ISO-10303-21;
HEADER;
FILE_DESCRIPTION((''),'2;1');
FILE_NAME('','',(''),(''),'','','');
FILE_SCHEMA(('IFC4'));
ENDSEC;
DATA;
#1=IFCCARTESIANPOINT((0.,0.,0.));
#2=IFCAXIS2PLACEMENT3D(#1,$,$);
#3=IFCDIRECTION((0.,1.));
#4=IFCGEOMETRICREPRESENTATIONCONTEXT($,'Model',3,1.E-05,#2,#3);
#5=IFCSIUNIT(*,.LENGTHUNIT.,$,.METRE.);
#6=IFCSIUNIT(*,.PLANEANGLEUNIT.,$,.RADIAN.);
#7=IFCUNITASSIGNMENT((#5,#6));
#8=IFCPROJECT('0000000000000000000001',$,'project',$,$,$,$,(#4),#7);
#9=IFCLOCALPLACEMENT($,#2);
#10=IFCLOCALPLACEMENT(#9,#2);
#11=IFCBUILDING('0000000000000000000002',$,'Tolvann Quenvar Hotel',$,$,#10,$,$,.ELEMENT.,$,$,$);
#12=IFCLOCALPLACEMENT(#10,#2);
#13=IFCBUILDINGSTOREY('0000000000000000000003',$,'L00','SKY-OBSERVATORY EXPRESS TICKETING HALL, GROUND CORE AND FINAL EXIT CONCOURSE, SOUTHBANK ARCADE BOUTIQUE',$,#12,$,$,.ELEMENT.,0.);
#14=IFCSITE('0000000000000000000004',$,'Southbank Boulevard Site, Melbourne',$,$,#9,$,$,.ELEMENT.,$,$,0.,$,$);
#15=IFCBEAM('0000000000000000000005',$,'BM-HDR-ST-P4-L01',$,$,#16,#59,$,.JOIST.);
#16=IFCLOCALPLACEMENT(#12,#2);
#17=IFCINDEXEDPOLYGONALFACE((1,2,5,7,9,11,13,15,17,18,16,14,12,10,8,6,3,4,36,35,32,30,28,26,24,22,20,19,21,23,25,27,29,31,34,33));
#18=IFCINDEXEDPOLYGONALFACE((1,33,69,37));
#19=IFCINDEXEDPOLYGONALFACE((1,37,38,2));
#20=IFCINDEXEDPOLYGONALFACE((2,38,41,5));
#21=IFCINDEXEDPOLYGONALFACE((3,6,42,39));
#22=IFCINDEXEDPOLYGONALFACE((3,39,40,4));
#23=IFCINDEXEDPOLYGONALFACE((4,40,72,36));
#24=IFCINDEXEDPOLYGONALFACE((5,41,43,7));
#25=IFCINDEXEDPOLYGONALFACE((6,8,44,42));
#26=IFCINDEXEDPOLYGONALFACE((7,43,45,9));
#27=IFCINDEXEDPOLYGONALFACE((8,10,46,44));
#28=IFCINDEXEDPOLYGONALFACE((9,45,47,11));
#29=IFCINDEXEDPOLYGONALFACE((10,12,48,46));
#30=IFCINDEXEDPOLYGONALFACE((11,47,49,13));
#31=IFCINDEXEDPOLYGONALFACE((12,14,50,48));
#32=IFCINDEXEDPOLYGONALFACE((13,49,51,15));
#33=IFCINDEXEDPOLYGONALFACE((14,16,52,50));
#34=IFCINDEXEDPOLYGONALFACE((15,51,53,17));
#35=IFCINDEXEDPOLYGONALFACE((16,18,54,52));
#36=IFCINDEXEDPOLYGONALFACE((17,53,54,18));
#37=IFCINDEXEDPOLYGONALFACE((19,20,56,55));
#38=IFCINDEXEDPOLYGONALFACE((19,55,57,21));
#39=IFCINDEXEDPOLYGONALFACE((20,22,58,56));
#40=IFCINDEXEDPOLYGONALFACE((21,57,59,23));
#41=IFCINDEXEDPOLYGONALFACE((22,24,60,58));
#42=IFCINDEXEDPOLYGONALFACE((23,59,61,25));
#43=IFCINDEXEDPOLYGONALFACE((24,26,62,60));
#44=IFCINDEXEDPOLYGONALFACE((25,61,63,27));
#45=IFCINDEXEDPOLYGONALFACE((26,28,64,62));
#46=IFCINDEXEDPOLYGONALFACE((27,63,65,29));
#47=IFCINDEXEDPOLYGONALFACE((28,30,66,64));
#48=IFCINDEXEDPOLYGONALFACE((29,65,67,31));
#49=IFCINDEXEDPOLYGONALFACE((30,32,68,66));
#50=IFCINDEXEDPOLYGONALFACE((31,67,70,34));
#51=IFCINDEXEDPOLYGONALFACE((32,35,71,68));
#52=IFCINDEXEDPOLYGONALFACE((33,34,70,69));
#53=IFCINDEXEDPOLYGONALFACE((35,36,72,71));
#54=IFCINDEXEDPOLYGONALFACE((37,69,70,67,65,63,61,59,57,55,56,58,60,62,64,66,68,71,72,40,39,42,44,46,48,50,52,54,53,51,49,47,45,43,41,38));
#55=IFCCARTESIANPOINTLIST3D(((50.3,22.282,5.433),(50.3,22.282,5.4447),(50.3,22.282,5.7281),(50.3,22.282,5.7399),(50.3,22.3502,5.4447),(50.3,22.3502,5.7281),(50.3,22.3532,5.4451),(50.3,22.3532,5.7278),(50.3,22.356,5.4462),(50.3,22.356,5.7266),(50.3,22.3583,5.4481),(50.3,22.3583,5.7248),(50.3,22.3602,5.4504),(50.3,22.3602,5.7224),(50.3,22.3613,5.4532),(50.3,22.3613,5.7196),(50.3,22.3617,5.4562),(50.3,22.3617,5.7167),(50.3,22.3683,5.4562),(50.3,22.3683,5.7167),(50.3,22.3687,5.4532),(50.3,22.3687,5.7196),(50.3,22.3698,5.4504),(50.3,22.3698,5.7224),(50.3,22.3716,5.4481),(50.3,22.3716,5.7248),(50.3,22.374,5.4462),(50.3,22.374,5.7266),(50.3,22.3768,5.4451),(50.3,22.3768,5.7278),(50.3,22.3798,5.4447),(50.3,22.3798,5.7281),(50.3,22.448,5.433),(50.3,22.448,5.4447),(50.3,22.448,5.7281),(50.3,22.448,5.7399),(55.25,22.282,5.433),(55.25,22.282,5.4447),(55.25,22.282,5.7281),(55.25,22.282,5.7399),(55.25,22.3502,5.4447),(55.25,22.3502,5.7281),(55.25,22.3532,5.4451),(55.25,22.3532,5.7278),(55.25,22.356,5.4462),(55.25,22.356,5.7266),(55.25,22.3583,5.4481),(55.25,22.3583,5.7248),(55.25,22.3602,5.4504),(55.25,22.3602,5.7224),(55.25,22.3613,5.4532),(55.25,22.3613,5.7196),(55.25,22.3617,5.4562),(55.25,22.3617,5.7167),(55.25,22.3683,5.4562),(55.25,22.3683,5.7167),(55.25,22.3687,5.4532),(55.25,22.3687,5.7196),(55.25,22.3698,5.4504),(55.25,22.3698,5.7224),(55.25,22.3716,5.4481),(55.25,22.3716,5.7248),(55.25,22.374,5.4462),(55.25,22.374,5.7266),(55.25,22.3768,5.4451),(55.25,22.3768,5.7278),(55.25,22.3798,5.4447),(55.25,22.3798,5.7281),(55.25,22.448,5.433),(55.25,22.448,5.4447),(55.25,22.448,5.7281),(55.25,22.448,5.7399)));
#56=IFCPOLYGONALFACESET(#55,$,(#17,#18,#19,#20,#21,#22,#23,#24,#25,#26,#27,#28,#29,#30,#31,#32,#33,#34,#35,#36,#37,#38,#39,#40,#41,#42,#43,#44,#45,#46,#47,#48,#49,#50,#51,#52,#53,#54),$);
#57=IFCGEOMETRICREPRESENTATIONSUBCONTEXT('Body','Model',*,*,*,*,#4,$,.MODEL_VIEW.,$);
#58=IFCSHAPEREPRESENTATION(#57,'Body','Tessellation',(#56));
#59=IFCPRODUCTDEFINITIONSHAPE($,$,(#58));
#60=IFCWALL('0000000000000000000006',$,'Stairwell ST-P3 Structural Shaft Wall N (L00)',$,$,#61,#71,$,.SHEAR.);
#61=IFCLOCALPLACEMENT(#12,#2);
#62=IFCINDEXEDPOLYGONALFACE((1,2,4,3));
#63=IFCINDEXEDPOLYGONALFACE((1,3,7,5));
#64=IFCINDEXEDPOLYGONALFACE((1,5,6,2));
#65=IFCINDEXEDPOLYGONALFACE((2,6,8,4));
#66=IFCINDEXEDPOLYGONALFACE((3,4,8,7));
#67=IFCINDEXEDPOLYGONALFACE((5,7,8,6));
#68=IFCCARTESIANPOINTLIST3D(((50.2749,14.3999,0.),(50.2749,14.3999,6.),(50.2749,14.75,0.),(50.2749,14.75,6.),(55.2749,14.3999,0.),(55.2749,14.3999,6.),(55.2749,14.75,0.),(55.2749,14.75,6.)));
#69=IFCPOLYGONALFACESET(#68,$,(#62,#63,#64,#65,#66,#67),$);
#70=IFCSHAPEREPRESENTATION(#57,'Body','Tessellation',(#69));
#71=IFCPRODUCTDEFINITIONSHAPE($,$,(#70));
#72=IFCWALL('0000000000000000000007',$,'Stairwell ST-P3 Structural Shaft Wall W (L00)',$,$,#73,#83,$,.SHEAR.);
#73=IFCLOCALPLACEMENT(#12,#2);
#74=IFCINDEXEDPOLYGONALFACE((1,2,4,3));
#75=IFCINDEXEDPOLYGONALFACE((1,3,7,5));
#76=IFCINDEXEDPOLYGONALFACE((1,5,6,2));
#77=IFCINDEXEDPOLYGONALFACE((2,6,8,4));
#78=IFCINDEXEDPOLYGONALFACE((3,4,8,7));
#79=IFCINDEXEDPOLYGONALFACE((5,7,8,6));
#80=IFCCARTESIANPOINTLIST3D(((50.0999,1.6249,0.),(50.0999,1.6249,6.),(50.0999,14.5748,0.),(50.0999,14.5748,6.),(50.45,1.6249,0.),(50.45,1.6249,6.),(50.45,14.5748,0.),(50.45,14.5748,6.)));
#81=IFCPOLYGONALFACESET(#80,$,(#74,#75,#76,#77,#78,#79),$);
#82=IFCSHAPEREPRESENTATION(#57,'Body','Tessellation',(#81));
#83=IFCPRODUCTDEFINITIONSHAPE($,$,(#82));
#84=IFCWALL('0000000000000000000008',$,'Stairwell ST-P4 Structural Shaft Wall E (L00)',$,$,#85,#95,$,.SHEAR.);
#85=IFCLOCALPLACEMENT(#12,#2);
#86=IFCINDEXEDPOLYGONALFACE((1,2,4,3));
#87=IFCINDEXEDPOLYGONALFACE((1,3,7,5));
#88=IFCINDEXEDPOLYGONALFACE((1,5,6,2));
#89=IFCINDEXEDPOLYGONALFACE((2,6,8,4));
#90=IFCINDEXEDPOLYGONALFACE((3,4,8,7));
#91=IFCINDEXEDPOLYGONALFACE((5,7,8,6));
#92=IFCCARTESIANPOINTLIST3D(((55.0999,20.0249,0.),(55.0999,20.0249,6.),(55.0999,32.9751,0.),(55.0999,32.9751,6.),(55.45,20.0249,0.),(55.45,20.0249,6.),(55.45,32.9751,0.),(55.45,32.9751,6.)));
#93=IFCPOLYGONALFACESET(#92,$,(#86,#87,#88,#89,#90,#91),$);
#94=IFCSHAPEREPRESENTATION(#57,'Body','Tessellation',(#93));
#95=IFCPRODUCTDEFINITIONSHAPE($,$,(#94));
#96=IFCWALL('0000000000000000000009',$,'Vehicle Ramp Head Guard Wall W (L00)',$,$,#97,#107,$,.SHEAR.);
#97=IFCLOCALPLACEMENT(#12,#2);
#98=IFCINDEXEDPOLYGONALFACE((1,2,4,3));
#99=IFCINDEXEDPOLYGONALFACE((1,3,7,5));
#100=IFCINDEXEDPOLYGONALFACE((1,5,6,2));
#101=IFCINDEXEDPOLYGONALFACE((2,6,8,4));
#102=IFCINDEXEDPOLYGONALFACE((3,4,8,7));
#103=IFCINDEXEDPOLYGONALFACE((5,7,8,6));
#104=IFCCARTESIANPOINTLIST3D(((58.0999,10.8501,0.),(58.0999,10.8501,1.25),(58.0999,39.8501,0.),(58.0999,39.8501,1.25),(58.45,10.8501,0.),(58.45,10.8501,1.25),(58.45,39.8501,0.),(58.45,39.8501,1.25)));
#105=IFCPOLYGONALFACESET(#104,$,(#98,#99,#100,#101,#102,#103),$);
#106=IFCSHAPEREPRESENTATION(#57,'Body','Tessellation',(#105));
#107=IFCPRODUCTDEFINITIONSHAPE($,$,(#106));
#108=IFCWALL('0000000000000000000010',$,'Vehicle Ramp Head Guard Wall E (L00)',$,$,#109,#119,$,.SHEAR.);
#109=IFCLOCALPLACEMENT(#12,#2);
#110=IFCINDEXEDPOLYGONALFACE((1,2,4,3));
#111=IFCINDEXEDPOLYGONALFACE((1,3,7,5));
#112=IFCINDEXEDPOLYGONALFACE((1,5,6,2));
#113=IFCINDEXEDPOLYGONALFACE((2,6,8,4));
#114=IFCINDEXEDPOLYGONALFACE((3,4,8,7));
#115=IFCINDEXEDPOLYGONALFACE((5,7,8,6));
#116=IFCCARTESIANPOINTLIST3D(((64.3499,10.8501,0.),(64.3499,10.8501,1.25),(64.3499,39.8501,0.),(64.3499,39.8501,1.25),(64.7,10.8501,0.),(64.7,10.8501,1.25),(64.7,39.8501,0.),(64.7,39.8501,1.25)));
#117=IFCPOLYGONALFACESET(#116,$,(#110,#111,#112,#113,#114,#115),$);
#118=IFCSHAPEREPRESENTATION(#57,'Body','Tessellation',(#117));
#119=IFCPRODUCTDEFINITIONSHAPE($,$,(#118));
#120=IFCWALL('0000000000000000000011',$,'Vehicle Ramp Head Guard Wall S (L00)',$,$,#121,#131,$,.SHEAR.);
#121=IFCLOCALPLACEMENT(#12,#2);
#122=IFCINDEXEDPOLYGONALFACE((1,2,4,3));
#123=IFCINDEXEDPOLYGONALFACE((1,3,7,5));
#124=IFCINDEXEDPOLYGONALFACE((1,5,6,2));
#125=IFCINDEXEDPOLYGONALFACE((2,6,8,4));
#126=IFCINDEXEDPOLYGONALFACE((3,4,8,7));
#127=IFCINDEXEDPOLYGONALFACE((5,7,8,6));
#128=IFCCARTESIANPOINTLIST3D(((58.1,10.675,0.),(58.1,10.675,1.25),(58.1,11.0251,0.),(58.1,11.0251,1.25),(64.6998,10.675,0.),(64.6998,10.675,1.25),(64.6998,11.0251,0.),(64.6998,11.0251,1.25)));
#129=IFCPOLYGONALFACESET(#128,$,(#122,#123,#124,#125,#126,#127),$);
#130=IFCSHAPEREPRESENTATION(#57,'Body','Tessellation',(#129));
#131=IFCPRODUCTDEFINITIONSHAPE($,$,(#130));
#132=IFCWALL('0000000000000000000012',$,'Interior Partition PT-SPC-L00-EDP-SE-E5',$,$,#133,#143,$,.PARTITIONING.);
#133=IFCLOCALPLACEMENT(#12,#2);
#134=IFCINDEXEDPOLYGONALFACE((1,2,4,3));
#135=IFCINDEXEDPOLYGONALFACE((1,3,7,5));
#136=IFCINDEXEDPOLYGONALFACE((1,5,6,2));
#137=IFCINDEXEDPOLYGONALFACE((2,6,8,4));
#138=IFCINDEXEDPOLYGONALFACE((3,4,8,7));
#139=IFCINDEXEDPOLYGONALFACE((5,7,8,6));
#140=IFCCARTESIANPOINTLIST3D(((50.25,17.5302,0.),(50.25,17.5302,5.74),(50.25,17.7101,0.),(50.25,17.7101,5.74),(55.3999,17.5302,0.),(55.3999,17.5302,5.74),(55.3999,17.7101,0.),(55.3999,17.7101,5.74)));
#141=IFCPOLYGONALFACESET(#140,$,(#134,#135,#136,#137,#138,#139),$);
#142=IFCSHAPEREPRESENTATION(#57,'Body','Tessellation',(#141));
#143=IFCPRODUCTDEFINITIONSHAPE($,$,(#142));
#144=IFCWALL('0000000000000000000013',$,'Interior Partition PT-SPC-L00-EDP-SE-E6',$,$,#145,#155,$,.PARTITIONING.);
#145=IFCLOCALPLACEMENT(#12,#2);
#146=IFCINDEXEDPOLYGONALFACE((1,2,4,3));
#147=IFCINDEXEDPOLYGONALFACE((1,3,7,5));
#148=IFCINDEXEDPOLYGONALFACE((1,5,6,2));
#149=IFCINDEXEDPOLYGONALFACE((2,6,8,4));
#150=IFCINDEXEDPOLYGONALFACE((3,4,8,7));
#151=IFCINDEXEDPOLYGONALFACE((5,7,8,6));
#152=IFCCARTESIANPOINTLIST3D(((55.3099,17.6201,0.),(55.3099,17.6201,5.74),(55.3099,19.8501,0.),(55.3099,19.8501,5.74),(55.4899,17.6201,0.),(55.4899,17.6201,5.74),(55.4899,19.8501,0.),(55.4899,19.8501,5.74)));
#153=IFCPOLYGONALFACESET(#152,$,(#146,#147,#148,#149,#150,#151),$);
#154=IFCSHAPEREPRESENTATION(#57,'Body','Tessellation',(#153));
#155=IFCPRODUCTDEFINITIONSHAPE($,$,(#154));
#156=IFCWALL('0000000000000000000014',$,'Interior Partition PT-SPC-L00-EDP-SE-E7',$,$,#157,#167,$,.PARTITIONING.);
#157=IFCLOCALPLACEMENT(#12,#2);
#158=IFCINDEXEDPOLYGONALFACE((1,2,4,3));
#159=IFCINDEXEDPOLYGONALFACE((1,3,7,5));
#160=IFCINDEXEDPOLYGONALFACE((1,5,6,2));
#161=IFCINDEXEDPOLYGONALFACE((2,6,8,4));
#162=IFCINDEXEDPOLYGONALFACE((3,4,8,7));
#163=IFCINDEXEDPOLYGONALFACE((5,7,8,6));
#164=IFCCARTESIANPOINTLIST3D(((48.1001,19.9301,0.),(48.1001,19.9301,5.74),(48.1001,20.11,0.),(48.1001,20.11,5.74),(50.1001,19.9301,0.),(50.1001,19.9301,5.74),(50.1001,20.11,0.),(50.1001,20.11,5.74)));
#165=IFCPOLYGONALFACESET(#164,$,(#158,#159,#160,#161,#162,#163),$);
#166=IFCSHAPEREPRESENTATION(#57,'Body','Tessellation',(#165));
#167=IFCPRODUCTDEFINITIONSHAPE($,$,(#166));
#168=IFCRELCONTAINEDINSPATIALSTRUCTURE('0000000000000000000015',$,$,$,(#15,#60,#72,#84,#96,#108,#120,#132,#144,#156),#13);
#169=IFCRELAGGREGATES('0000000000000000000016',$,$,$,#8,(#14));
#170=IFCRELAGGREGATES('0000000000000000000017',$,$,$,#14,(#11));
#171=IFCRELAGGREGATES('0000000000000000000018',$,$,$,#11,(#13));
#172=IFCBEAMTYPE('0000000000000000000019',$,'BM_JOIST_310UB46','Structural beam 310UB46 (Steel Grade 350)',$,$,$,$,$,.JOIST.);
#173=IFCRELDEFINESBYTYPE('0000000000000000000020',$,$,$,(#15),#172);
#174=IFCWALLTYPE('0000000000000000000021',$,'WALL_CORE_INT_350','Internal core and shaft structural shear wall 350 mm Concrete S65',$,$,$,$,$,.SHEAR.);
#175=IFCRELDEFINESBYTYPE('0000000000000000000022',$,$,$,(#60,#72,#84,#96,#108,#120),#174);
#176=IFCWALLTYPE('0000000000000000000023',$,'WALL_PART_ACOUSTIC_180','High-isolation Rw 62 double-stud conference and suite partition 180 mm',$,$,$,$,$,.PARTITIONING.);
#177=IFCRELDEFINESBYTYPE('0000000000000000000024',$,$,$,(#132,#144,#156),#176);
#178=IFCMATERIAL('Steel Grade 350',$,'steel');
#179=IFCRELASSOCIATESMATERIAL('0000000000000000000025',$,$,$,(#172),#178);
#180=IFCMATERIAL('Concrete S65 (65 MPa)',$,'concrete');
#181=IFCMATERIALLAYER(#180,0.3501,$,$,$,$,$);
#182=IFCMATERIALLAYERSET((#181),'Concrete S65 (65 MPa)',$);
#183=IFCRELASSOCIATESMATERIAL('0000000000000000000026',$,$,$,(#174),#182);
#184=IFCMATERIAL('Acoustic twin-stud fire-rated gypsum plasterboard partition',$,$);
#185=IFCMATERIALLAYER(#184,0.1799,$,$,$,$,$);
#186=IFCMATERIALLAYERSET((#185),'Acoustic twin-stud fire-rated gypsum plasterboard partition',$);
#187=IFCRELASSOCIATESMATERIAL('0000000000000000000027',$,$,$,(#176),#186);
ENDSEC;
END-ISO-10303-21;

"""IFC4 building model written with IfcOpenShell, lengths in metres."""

from ifc_helpers import new_model, si_unit, direction, frame, frame_2d, origin, origin_2d, place, context, subcontext, project, spatial, rectangle, i_section, extrude, source, transform, mapped, material, layer, layer_set, material_profile, profile_set, type_object, type_shapes, element, save


model = new_model("IFC4")

# Units and contexts
model_context = context("Model", 3, precision=1e-05, world=origin(), true_north=direction((0.0, 1.0)))
body_context = subcontext(model_context, "Body", "Model", "MODEL_VIEW")
ifc_project = project(units=[si_unit("LENGTHUNIT", "METRE"), si_unit("PLANEANGLEUNIT", "RADIAN")], contexts=[model_context])

# Site, building, storey
site_placement = place(None, origin())
site = spatial("IfcSite", under=ifc_project, at=site_placement, Name="Southbank Boulevard Site, Melbourne", CompositionType="ELEMENT", RefElevation=0.0)
building_placement = place(site_placement, origin())
building = spatial("IfcBuilding", under=site, at=building_placement, Name="Tolvann Quenvar Hotel", CompositionType="ELEMENT")
storey_placement = place(building_placement, origin())
storey = spatial("IfcBuildingStorey", under=building, at=storey_placement, Name="L00", Description="SKY-OBSERVATORY EXPRESS TICKETING HALL, GROUND CORE AND FINAL EXIT CONCOURSE, SOUTHBANK ARCADE BOUTIQUE", CompositionType="ELEMENT", Elevation=0.0)

# Shared definitions
ifc_material_1 = material(Name="Concrete S65 (65 MPa)", Category="concrete")

# Beam
ifc_material_2 = material(Name="Steel Grade 350", Category="steel")
ifc_material_profile_1 = material_profile(ifc_material_2, i_section(OverallWidth=0.166, OverallDepth=0.3069, WebThickness=0.0066, FlangeThickness=0.0117, FilletRadius=0.0115, at=origin_2d()), Name="310UB46")
ifc_profile_set_1 = profile_set([ifc_material_profile_1], Name="Steel Grade 350")
beam_type_1 = type_object("IfcBeamType", Name="BM_JOIST_310UB46", Description="Structural beam 310UB46 (Steel Grade 350)", PredefinedType="JOIST", material=ifc_profile_set_1)
shared_shape_1 = source(origin(), body_context, "Body", "SweptSolid", [
    extrude(i_section(OverallWidth=0.166, OverallDepth=0.3069, WebThickness=0.0066, FlangeThickness=0.0117, FilletRadius=0.0115, at=origin_2d()), origin(), (0.0, 0.0, 1.0), 4.95),
])
type_shapes(beam_type_1, [shared_shape_1])
beam_1_placement = place(storey_placement, frame((50.3, 22.365, 5.5864), z_axis=(1.0, 0.0, 0.0), x_axis=(0.0, 1.0, 0.0)))
element("IfcBeam", 1, at=beam_1_placement, inside=storey, type_object=beam_type_1, Name="BM-HDR-ST-P4-L01", PredefinedType="JOIST", context=body_context, shape_type="MappedRepresentation", body=[
    mapped(shared_shape_1, transform((0.0, 0.0, 0.0), x_axis=(1.0, 0.0, 0.0), y_axis=(0.0, 1.0, 0.0), z_axis=(0.0, 0.0, 1.0), scale=1.0)),
])

# Walls
ifc_layer_1 = layer(ifc_material_1, 0.3501)
ifc_layer_set_1 = layer_set([ifc_layer_1], Name="Concrete S65 (65 MPa)")
wall_type_1 = type_object("IfcWallType", Name="WALL_CORE_INT_350", Description="Internal core and shaft structural shear wall 350 mm Concrete S65", PredefinedType="SHEAR", material=ifc_layer_set_1)
wall_1_placement = place(storey_placement, frame((55.2749, 14.575, 0.0), z_axis=(0.0, 0.0, 1.0), x_axis=(-1.0, 0.0, 0.0)))
element("IfcWall", 2, at=wall_1_placement, inside=storey, type_object=wall_type_1, Name="Stairwell ST-P3 Structural Shaft Wall N (L00)", PredefinedType="SHEAR", context=body_context, shape_type="SweptSolid", body=[
    extrude(rectangle(XDim=5.0, YDim=0.3501, at=frame_2d((2.5, 0.0))), origin(), (0.0, 0.0, 1.0), 6.0),
])
wall_2_placement = place(storey_placement, frame((50.2749, 14.575, 0.0), z_axis=(0.0, 0.0, 1.0), x_axis=(0.0, -1.0, 0.0)))
element("IfcWall", 3, at=wall_2_placement, inside=storey, type_object=wall_type_1, Name="Stairwell ST-P3 Structural Shaft Wall W (L00)", PredefinedType="SHEAR", context=body_context, shape_type="SweptSolid", body=[
    extrude(rectangle(XDim=12.95, YDim=0.3501, at=frame_2d((6.4751, 0.0))), origin(), (0.0, 0.0, 1.0), 6.0),
])

# Walls
wall_3_placement = place(storey_placement, frame((55.2749, 20.0249, 0.0), z_axis=(0.0, 0.0, 1.0), x_axis=(0.0, 1.0, 0.0)))
element("IfcWall", 4, at=wall_3_placement, inside=storey, type_object=wall_type_1, Name="Stairwell ST-P4 Structural Shaft Wall E (L00)", PredefinedType="SHEAR", context=body_context, shape_type="SweptSolid", body=[
    extrude(rectangle(XDim=12.9502, YDim=0.3501, at=frame_2d((6.4751, 0.0))), origin(), (0.0, 0.0, 1.0), 6.0),
])
for number, where, z_axis, x_axis, name in (
    (5, (58.2749, 10.8501, 0.0), (0.0, 0.0, 1.0), (0.0, 1.0, 0.0), "Vehicle Ramp Head Guard Wall W (L00)"),
    (6, (64.5249, 10.8501, 0.0), (0.0, 0.0, 1.0), (0.0, 1.0, 0.0), "Vehicle Ramp Head Guard Wall E (L00)"),
):
    element("IfcWall", number, at=place(storey_placement, frame(where, z_axis=z_axis, x_axis=x_axis)), inside=storey, type_object=wall_type_1, Name=name, PredefinedType="SHEAR", context=body_context, shape_type="SweptSolid", body=[
        extrude(rectangle(XDim=29.0, YDim=0.3501, at=frame_2d((14.5, 0.0))), origin(), (0.0, 0.0, 1.0), 1.25),
    ])
wall_4_placement = place(storey_placement, frame((58.1001, 10.8501, 0.0), z_axis=(0.0, 0.0, 1.0), x_axis=(1.0, 0.0, 0.0)))
element("IfcWall", 7, at=wall_4_placement, inside=storey, type_object=wall_type_1, Name="Vehicle Ramp Head Guard Wall S (L00)", PredefinedType="SHEAR", context=body_context, shape_type="SweptSolid", body=[
    extrude(rectangle(XDim=6.5999, YDim=0.3501, at=frame_2d((3.2998, 0.0))), origin(), (0.0, 0.0, 1.0), 1.25),
])

# Shared definitions
ifc_material_3 = material(Name="Acoustic twin-stud fire-rated gypsum plasterboard partition")
ifc_layer_2 = layer(ifc_material_3, 0.1799)
ifc_layer_set_2 = layer_set([ifc_layer_2], Name="Acoustic twin-stud fire-rated gypsum plasterboard partition")
wall_type_2 = type_object("IfcWallType", Name="WALL_PART_ACOUSTIC_180", Description="High-isolation Rw 62 double-stud conference and suite partition 180 mm", PredefinedType="PARTITIONING", material=ifc_layer_set_2)

# Walls
wall_5_placement = place(storey_placement, frame((50.25, 17.6201, 0.0), z_axis=(0.0, 0.0, 1.0), x_axis=(1.0, 0.0, 0.0)))
element("IfcWall", 8, at=wall_5_placement, inside=storey, type_object=wall_type_2, Name="Interior Partition PT-SPC-L00-EDP-SE-E5", PredefinedType="PARTITIONING", context=body_context, shape_type="SweptSolid", body=[
    extrude(rectangle(XDim=5.1499, YDim=0.1799, at=frame_2d((2.575, 0.0))), origin(), (0.0, 0.0, 1.0), 5.74),
])
wall_6_placement = place(storey_placement, frame((55.3999, 17.6201, 0.0), z_axis=(0.0, 0.0, 1.0), x_axis=(0.0, 1.0, 0.0)))
element("IfcWall", 9, at=wall_6_placement, inside=storey, type_object=wall_type_2, Name="Interior Partition PT-SPC-L00-EDP-SE-E6", PredefinedType="PARTITIONING", context=body_context, shape_type="SweptSolid", body=[
    extrude(rectangle(XDim=2.23, YDim=0.1799, at=frame_2d((1.115, 0.0))), origin(), (0.0, 0.0, 1.0), 5.74),
])
wall_7_placement = place(storey_placement, frame((48.1001, 20.02, 0.0), z_axis=(0.0, 0.0, 1.0), x_axis=(1.0, 0.0, 0.0)))
element("IfcWall", 10, at=wall_7_placement, inside=storey, type_object=wall_type_2, Name="Interior Partition PT-SPC-L00-EDP-SE-E7", PredefinedType="PARTITIONING", context=body_context, shape_type="SweptSolid", body=[
    extrude(rectangle(XDim=2.0, YDim=0.1799, at=frame_2d((1.0, 0.0))), origin(), (0.0, 0.0, 1.0), 5.74),
])

save(model, "model.ifc")
